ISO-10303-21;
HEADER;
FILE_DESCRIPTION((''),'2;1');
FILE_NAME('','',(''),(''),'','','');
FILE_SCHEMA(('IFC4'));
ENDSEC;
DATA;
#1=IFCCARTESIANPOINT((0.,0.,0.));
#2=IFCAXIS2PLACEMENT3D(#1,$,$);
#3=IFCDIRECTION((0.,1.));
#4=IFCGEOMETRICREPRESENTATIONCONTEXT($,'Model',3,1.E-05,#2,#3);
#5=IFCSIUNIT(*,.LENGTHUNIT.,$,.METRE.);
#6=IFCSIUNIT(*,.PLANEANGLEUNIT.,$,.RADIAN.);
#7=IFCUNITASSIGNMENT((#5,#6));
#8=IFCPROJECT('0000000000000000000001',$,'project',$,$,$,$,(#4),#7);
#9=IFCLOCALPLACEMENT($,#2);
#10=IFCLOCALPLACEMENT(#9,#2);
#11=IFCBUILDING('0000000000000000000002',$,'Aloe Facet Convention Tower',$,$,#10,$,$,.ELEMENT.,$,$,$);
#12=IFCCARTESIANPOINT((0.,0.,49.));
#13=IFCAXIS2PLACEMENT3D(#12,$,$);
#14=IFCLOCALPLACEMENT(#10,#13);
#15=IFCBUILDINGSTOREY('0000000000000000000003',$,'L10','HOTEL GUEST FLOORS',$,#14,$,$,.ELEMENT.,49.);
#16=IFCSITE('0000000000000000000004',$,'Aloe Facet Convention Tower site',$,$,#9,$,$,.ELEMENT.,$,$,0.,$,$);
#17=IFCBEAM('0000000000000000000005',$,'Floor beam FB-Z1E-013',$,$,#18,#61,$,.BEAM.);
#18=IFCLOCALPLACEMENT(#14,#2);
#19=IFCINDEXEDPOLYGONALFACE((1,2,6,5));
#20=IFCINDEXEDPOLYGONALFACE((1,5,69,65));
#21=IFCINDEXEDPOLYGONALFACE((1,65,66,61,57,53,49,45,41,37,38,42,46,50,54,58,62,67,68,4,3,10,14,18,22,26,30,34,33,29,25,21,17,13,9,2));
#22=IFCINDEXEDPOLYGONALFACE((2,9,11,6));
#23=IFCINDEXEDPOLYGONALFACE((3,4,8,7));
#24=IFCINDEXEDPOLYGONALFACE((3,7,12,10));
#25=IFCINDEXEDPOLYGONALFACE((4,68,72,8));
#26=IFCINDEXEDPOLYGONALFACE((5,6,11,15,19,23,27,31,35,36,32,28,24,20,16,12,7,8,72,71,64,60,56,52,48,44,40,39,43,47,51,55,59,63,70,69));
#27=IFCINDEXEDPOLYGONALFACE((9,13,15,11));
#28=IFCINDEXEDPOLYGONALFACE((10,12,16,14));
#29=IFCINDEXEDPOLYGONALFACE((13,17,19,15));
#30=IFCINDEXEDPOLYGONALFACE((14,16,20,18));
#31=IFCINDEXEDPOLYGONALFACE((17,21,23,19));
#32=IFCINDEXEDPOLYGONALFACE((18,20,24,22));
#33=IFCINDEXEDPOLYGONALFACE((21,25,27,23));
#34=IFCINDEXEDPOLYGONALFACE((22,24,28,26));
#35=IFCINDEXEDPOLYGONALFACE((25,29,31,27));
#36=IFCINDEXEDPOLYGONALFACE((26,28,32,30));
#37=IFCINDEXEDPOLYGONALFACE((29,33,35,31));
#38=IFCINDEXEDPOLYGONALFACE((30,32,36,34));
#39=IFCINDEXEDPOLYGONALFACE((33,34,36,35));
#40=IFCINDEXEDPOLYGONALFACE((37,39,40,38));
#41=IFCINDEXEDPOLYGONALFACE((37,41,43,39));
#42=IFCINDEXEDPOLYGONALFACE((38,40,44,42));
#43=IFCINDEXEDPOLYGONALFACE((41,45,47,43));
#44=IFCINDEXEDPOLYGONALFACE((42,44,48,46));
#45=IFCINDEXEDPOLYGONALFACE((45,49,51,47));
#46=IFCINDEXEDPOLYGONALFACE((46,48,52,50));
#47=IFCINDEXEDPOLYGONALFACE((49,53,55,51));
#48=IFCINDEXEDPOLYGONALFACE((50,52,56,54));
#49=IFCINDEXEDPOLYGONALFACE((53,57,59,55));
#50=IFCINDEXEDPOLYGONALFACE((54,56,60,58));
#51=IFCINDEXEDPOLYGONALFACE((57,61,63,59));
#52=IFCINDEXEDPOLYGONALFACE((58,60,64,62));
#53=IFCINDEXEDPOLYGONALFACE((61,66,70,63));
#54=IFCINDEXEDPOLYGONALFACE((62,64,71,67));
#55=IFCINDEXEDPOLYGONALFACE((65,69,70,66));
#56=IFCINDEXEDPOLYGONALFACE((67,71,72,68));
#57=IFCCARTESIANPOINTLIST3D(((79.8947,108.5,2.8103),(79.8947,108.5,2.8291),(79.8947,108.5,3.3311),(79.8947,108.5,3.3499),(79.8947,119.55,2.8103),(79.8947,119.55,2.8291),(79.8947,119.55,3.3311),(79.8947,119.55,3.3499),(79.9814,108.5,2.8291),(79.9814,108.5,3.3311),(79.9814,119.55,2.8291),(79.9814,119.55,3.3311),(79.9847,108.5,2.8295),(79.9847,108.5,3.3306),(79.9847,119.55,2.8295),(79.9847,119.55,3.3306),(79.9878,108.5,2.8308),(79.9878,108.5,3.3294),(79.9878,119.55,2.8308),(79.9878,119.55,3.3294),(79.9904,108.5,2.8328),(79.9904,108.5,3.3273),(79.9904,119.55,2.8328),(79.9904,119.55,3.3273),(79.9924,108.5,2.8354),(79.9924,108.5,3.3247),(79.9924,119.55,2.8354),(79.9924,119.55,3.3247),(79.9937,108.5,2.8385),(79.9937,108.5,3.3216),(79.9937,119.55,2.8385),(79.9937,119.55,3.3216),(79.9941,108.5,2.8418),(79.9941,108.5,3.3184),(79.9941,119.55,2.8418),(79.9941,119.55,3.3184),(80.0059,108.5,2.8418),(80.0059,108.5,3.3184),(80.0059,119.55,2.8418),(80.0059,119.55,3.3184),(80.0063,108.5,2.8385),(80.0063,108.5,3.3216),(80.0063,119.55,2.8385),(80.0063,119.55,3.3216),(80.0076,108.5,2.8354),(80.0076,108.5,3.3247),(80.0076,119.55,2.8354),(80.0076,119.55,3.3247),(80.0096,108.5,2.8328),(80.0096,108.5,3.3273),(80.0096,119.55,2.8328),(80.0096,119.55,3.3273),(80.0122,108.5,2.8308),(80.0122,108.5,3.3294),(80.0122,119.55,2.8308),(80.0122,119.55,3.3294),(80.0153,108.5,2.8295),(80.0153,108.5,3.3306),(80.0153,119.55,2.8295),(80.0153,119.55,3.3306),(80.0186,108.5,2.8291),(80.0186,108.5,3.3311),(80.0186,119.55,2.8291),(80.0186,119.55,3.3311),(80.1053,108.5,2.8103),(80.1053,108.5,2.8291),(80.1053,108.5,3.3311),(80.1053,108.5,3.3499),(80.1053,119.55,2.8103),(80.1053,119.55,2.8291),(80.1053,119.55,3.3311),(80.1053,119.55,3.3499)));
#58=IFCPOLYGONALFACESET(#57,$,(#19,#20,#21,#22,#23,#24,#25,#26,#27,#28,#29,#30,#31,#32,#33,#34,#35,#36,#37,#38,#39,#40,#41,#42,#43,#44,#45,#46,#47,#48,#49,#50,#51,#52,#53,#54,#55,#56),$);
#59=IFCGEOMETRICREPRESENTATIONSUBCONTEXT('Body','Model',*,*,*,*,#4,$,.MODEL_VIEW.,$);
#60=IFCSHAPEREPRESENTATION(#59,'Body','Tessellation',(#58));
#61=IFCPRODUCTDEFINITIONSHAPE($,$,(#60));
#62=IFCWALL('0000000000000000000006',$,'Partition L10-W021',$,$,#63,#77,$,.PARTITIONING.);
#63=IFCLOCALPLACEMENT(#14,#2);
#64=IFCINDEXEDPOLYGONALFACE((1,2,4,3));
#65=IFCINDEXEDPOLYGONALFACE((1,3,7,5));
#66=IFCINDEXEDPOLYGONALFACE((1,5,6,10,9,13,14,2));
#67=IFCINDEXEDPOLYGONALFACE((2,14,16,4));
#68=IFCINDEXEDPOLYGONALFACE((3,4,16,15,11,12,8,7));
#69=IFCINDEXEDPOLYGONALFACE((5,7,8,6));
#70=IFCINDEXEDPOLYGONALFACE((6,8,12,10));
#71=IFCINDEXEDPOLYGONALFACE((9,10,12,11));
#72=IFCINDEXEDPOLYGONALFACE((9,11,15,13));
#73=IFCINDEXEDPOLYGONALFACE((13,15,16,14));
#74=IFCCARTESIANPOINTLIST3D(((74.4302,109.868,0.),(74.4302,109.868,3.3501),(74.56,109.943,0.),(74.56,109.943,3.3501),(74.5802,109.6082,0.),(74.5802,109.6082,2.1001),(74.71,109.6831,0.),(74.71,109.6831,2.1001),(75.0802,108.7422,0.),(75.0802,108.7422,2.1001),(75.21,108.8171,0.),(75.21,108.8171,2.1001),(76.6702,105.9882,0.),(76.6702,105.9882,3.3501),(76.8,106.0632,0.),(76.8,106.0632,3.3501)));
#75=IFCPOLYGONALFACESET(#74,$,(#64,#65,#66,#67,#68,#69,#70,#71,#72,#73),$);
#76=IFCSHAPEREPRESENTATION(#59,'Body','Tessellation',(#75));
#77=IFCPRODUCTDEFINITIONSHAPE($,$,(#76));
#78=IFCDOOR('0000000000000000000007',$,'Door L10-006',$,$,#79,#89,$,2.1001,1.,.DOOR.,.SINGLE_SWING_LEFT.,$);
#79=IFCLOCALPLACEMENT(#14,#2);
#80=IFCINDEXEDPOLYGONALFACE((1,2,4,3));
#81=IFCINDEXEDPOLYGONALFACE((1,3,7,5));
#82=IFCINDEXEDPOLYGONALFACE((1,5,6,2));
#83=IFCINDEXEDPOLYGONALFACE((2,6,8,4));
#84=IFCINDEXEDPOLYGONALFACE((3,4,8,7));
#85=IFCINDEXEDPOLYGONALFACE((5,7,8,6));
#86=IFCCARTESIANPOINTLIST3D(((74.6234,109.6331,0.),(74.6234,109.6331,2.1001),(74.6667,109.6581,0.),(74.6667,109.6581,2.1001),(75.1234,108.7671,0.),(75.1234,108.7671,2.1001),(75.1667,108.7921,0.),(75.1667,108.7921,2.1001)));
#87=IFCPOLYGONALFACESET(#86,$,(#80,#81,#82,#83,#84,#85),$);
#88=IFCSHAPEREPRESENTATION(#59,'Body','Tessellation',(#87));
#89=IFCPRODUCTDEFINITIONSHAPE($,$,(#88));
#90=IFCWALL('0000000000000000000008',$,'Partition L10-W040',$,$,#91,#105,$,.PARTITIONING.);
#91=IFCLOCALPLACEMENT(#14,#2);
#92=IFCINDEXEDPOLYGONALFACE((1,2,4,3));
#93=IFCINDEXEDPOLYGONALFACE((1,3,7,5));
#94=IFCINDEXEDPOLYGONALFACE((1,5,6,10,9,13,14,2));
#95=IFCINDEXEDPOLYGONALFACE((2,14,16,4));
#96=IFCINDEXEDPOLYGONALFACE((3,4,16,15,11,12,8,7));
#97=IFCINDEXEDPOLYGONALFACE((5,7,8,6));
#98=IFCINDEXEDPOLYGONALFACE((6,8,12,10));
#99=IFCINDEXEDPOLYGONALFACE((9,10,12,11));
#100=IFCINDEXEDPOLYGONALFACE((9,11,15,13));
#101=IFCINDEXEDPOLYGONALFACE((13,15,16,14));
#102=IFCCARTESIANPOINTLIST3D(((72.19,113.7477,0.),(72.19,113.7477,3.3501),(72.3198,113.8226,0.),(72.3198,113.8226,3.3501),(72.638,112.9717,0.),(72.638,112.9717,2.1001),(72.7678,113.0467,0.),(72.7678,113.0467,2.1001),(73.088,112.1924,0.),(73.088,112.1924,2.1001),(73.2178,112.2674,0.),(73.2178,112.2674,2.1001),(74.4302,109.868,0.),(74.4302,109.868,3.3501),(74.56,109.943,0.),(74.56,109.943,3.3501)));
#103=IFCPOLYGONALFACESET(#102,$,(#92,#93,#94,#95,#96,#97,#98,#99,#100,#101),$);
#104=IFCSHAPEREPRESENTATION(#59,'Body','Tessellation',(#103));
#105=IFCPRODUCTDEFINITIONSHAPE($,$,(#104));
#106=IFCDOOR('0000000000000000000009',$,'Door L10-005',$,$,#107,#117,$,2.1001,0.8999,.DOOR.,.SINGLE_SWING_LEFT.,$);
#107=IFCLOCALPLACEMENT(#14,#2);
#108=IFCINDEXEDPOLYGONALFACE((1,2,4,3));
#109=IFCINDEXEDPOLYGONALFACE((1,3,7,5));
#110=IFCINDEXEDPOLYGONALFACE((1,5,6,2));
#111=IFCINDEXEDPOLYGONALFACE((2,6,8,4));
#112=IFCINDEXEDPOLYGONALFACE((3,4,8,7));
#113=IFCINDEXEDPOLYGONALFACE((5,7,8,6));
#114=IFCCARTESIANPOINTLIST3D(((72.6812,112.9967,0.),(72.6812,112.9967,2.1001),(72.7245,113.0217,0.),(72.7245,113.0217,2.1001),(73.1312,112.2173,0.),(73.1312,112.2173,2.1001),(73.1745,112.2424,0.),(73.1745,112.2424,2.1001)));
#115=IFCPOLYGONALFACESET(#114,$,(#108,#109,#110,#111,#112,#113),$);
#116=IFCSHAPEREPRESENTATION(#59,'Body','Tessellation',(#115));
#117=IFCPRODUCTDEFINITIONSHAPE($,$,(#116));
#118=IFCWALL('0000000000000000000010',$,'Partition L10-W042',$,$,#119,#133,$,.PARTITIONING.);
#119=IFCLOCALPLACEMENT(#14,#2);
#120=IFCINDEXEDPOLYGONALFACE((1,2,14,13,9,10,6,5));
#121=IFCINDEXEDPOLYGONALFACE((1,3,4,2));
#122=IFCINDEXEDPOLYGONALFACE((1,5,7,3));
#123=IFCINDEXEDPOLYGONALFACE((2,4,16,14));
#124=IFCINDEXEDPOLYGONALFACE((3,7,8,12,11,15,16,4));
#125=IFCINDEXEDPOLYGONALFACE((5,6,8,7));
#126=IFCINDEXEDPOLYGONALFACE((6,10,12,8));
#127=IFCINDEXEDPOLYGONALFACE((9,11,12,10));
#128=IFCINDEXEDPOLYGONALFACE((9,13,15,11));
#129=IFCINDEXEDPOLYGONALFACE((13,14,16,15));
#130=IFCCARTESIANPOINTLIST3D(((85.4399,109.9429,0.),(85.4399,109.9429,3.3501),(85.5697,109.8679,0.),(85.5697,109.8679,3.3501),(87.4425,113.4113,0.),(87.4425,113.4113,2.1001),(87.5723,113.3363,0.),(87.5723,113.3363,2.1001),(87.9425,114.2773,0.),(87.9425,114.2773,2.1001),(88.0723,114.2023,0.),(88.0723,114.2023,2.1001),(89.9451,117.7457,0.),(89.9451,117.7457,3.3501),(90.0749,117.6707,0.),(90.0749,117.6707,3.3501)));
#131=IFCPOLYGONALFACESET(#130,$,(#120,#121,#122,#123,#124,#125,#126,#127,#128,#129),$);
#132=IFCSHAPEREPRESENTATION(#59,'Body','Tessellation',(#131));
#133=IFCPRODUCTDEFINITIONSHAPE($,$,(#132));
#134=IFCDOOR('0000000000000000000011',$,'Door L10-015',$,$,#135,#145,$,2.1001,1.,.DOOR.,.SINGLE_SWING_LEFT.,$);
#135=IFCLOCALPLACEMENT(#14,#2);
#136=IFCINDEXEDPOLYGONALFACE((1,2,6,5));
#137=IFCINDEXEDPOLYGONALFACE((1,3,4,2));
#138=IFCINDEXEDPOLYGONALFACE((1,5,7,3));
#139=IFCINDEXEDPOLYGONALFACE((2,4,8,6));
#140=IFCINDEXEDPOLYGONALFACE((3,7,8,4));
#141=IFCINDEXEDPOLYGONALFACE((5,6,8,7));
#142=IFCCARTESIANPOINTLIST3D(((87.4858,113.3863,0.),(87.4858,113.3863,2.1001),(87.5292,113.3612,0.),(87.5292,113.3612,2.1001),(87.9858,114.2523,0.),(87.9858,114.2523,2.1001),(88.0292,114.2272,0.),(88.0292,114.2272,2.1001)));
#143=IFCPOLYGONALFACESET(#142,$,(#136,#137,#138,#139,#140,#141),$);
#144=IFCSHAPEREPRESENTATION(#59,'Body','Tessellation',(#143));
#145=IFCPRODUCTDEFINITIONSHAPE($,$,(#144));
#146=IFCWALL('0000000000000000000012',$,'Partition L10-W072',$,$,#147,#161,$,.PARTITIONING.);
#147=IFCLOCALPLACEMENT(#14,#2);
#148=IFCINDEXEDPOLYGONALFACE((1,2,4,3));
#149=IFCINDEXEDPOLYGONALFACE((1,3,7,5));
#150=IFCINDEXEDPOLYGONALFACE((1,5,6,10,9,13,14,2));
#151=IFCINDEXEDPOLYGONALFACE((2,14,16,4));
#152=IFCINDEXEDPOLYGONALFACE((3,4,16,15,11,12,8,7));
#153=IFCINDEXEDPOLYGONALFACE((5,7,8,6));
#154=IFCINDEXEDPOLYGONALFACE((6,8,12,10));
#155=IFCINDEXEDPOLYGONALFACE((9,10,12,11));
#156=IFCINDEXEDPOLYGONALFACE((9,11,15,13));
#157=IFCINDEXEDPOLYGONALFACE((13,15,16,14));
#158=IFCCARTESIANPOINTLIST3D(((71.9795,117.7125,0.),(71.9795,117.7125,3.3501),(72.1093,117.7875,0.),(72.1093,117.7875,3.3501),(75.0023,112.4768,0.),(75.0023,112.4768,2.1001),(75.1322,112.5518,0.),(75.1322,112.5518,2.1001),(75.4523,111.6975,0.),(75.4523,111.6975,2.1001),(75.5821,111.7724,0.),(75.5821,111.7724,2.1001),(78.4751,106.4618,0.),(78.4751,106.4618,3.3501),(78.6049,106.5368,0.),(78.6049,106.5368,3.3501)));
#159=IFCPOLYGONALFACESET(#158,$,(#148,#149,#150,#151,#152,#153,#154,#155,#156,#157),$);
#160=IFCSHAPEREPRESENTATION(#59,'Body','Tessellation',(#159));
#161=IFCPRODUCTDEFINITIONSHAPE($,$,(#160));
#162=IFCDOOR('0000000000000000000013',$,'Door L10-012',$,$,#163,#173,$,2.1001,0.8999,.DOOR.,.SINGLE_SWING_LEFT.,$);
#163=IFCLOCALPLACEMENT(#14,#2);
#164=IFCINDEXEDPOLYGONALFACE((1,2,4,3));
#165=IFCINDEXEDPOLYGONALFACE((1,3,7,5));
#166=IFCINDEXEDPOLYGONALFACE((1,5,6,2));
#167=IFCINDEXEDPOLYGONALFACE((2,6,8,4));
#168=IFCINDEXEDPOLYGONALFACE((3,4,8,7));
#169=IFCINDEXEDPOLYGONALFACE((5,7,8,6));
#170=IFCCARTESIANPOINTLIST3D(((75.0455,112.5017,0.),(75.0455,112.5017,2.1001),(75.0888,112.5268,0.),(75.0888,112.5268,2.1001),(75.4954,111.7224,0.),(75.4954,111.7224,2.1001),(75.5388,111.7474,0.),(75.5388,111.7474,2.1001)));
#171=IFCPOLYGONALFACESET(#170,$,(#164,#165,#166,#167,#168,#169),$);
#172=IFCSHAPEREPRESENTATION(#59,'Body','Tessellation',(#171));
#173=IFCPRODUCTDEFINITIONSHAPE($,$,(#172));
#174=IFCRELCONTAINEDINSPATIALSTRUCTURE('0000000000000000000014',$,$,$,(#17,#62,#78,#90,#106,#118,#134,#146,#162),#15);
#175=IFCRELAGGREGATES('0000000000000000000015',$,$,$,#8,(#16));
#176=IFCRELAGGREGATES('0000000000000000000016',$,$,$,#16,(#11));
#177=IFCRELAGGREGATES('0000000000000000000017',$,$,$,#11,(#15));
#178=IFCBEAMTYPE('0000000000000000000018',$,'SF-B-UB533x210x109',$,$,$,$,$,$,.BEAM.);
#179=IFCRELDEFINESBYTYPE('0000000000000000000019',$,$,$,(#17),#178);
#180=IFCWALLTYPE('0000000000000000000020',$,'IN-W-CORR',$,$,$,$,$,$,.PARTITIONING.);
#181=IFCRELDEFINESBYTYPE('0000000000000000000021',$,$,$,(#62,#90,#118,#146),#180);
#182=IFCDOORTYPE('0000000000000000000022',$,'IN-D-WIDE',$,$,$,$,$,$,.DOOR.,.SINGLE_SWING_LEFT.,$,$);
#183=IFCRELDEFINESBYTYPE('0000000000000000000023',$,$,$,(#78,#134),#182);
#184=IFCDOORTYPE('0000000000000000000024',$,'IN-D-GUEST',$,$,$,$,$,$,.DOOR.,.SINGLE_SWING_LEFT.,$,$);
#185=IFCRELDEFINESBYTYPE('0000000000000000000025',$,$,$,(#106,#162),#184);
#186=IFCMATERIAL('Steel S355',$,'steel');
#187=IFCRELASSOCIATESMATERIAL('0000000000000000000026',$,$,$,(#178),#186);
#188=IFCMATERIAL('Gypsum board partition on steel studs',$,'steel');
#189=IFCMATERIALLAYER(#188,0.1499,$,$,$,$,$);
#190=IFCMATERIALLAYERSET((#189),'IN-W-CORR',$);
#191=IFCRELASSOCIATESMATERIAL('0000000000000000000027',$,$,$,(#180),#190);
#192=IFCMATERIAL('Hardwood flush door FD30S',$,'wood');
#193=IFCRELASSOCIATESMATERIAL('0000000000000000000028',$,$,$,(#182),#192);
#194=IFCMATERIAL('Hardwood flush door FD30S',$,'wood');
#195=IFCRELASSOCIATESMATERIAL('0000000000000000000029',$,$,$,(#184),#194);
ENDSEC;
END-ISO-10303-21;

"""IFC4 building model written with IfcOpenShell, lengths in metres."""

from ifc_helpers import new_model, si_unit, direction, frame, frame_2d, origin, origin_2d, place, context, subcontext, project, spatial, rectangle, i_section, extrude, material, layer, layer_set, material_profile, profile_set, type_object, element, fill, save


model = new_model("IFC4")

# Units and contexts
model_context = context("Model", 3, precision=1e-05, world=origin(), true_north=direction((0.0, 1.0)))
body_context = subcontext(model_context, "Body", "Model", "MODEL_VIEW")
ifc_project = project(units=[si_unit("LENGTHUNIT", "METRE"), si_unit("PLANEANGLEUNIT", "RADIAN")], contexts=[model_context])

# Site, building, storey
site_placement = place(None, origin())
site = spatial("IfcSite", under=ifc_project, at=site_placement, Name="Aloe Facet Convention Tower site", CompositionType="ELEMENT", RefElevation=0.0)
building_placement = place(site_placement, origin())
building = spatial("IfcBuilding", under=site, at=building_placement, Name="Aloe Facet Convention Tower", CompositionType="ELEMENT")
storey_placement = place(building_placement, frame((0.0, 0.0, 49.0)))
storey = spatial("IfcBuildingStorey", under=building, at=storey_placement, Name="L10", Description="HOTEL GUEST FLOORS", CompositionType="ELEMENT", Elevation=49.0)

# Beam
ifc_material_1 = material(Name="Steel S355", Category="steel")
ifc_material_profile_1 = material_profile(ifc_material_1, i_section(OverallWidth=0.2107, OverallDepth=0.5396, WebThickness=0.0117, FlangeThickness=0.0188, FilletRadius=0.0127, at=origin_2d()), Name="UB 533x210x109")
ifc_profile_set_1 = profile_set([ifc_material_profile_1], Name="Steel S355")
beam_type_1 = type_object("IfcBeamType", Name="SF-B-UB533x210x109", PredefinedType="BEAM", material=ifc_profile_set_1)
beam_placement = place(storey_placement, frame((80.0, 119.55, 3.0801), z_axis=(0.0, -1.0, 0.0), x_axis=(1.0, 0.0, 0.0)))
element("IfcBeam", 1, at=beam_placement, inside=storey, type_object=beam_type_1, Name="Floor beam FB-Z1E-013", PredefinedType="BEAM", context=body_context, shape_type="SweptSolid", body=[
    extrude(i_section(OverallWidth=0.2107, OverallDepth=0.5396, WebThickness=0.0117, FlangeThickness=0.0188, FilletRadius=0.0127, at=origin_2d()), origin(), (0.0, 0.0, 1.0), 11.05),
])

# Walls, openings, doors
ifc_material_2 = material(Name="Gypsum board partition on steel studs", Category="steel")
ifc_layer_1 = layer(ifc_material_2, 0.1499)
ifc_layer_set_1 = layer_set([ifc_layer_1], Name="IN-W-CORR")
wall_type_1 = type_object("IfcWallType", Name="IN-W-CORR", PredefinedType="PARTITIONING", material=ifc_layer_set_1)
wall_1_placement = place(storey_placement, frame((74.4951, 109.9055, 0.0), z_axis=(0.0, 0.0, 1.0), x_axis=(0.49999, -0.866031, 0.0)))
wall_1 = element("IfcWall", 2, at=wall_1_placement, inside=storey, type_object=wall_type_1, Name="Partition L10-W021", PredefinedType="PARTITIONING", context=body_context, shape_type="SweptSolid", body=[
    extrude(rectangle(XDim=4.48, YDim=0.1499, at=frame_2d((2.24, 0.0))), origin(), (0.0, 0.0, 1.0), 3.3501),
])
opening_1_placement = place(wall_1_placement, frame((0.3, 0.0, 0.0)))
opening_1 = element("IfcOpeningElement", 3, at=opening_1_placement, cuts=wall_1, PredefinedType="OPENING", context=body_context, shape_type="SweptSolid", body=[
    extrude(rectangle(XDim=1.0, YDim=2.1001, at=frame_2d((0.5, 1.05))), frame((0.0, 0.085, 0.0), z_axis=(0.0, -1.0, 0.0), x_axis=(1.0, 0.0, 0.0)), (0.0, 0.0, 1.0), 0.1699),
])
ifc_material_3 = material(Name="Hardwood flush door FD30S", Category="wood")
door_type_1 = type_object("IfcDoorType", Name="IN-D-WIDE", OperationType="SINGLE_SWING_LEFT", PredefinedType="DOOR", material=ifc_material_3)
door_1_placement = place(opening_1_placement, origin())
door_1 = element("IfcDoor", 4, at=door_1_placement, inside=storey, type_object=door_type_1, Name="Door L10-006", OperationType="SINGLE_SWING_LEFT", OverallHeight=2.1001, OverallWidth=1.0, PredefinedType="DOOR", context=body_context, shape_type="SweptSolid", body=[
    extrude(rectangle(XDim=1.0, YDim=2.1001, at=frame_2d((0.5, 1.05))), frame((0.0, 0.0249, 0.0), z_axis=(0.0, -1.0, 0.0), x_axis=(1.0, 0.0, 0.0)), (0.0, 0.0, 1.0), 0.05),
])
fill(opening_1, door_1)
wall_2_placement = place(storey_placement, frame((72.2549, 113.7852, 0.0), z_axis=(0.0, 0.0, 1.0), x_axis=(0.500054, -0.865994, 0.0)))
wall_2 = element("IfcWall", 5, at=wall_2_placement, inside=storey, type_object=wall_type_1, Name="Partition L10-W040", PredefinedType="PARTITIONING", context=body_context, shape_type="SweptSolid", body=[
    extrude(rectangle(XDim=4.48, YDim=0.1499, at=frame_2d((2.24, 0.0))), origin(), (0.0, 0.0, 1.0), 3.3501),
])
opening_2_placement = place(wall_2_placement, frame((0.896, 0.0, 0.0)))
opening_2 = element("IfcOpeningElement", 6, at=opening_2_placement, cuts=wall_2, PredefinedType="OPENING", context=body_context, shape_type="SweptSolid", body=[
    extrude(rectangle(XDim=0.8999, YDim=2.1001, at=frame_2d((0.45, 1.05))), frame((0.0, 0.085, 0.0), z_axis=(0.0, -1.0, 0.0), x_axis=(1.0, 0.0, 0.0)), (0.0, 0.0, 1.0), 0.1699),
])
ifc_material_4 = material(Name="Hardwood flush door FD30S", Category="wood")
door_type_2 = type_object("IfcDoorType", Name="IN-D-GUEST", OperationType="SINGLE_SWING_LEFT", PredefinedType="DOOR", material=ifc_material_4)
door_2_placement = place(opening_2_placement, origin())
door_2 = element("IfcDoor", 7, at=door_2_placement, inside=storey, type_object=door_type_2, Name="Door L10-005", OperationType="SINGLE_SWING_LEFT", OverallHeight=2.1001, OverallWidth=0.8999, PredefinedType="DOOR", context=body_context, shape_type="SweptSolid", body=[
    extrude(rectangle(XDim=0.8999, YDim=2.1001, at=frame_2d((0.45, 1.05))), frame((0.0, 0.0249, 0.0), z_axis=(0.0, -1.0, 0.0), x_axis=(1.0, 0.0, 0.0)), (0.0, 0.0, 1.0), 0.05),
])
fill(opening_2, door_2)
wall_3_placement = place(storey_placement, frame((85.5049, 109.9055, 0.0), z_axis=(0.0, 0.0, 1.0), x_axis=(0.500018, 0.866015, 0.0)))
wall_3 = element("IfcWall", 8, at=wall_3_placement, inside=storey, type_object=wall_type_1, Name="Partition L10-W042", PredefinedType="PARTITIONING", context=body_context, shape_type="SweptSolid", body=[
    extrude(rectangle(XDim=9.01, YDim=0.1499, at=frame_2d((4.5049, 0.0))), origin(), (0.0, 0.0, 1.0), 3.3501),
])
opening_3_placement = place(wall_3_placement, frame((4.0049, 0.0, 0.0)))
opening_3 = element("IfcOpeningElement", 9, at=opening_3_placement, cuts=wall_3, PredefinedType="OPENING", context=body_context, shape_type="SweptSolid", body=[
    extrude(rectangle(XDim=1.0, YDim=2.1001, at=frame_2d((0.5, 1.05))), frame((0.0, 0.085, 0.0), z_axis=(0.0, -1.0, 0.0), x_axis=(1.0, 0.0, 0.0)), (0.0, 0.0, 1.0), 0.1699),
])
door_3_placement = place(opening_3_placement, origin())
door_3 = element("IfcDoor", 10, at=door_3_placement, inside=storey, type_object=door_type_1, Name="Door L10-015", OperationType="SINGLE_SWING_LEFT", OverallHeight=2.1001, OverallWidth=1.0, PredefinedType="DOOR", context=body_context, shape_type="SweptSolid", body=[
    extrude(rectangle(XDim=1.0, YDim=2.1001, at=frame_2d((0.5, 1.05))), frame((0.0, 0.0249, 0.0), z_axis=(0.0, -1.0, 0.0), x_axis=(1.0, 0.0, 0.0)), (0.0, 0.0, 1.0), 0.05),
])
fill(opening_3, door_3)
wall_4_placement = place(storey_placement, frame((72.0444, 117.75, 0.0), z_axis=(0.0, 0.0, 1.0), x_axis=(0.5, -0.866026, 0.0)))
wall_4 = element("IfcWall", 11, at=wall_4_placement, inside=storey, type_object=wall_type_1, Name="Partition L10-W072", PredefinedType="PARTITIONING", context=body_context, shape_type="SweptSolid", body=[
    extrude(rectangle(XDim=12.9912, YDim=0.1499, at=frame_2d((6.4956, 0.0))), origin(), (0.0, 0.0, 1.0), 3.3501),
])
opening_4_placement = place(wall_4_placement, frame((6.0457, 0.0, 0.0)))
opening_4 = element("IfcOpeningElement", 12, at=opening_4_placement, cuts=wall_4, PredefinedType="OPENING", context=body_context, shape_type="SweptSolid", body=[
    extrude(rectangle(XDim=0.8999, YDim=2.1001, at=frame_2d((0.45, 1.05))), frame((0.0, 0.085, 0.0), z_axis=(0.0, -1.0, 0.0), x_axis=(1.0, 0.0, 0.0)), (0.0, 0.0, 1.0), 0.1699),
])
door_4_placement = place(opening_4_placement, origin())
door_4 = element("IfcDoor", 13, at=door_4_placement, inside=storey, type_object=door_type_2, Name="Door L10-012", OperationType="SINGLE_SWING_LEFT", OverallHeight=2.1001, OverallWidth=0.8999, PredefinedType="DOOR", context=body_context, shape_type="SweptSolid", body=[
    extrude(rectangle(XDim=0.8999, YDim=2.1001, at=frame_2d((0.45, 1.05))), frame((0.0, 0.0249, 0.0), z_axis=(0.0, -1.0, 0.0), x_axis=(1.0, 0.0, 0.0)), (0.0, 0.0, 1.0), 0.05),
])
fill(opening_4, door_4)

save(model, "model.ifc")
